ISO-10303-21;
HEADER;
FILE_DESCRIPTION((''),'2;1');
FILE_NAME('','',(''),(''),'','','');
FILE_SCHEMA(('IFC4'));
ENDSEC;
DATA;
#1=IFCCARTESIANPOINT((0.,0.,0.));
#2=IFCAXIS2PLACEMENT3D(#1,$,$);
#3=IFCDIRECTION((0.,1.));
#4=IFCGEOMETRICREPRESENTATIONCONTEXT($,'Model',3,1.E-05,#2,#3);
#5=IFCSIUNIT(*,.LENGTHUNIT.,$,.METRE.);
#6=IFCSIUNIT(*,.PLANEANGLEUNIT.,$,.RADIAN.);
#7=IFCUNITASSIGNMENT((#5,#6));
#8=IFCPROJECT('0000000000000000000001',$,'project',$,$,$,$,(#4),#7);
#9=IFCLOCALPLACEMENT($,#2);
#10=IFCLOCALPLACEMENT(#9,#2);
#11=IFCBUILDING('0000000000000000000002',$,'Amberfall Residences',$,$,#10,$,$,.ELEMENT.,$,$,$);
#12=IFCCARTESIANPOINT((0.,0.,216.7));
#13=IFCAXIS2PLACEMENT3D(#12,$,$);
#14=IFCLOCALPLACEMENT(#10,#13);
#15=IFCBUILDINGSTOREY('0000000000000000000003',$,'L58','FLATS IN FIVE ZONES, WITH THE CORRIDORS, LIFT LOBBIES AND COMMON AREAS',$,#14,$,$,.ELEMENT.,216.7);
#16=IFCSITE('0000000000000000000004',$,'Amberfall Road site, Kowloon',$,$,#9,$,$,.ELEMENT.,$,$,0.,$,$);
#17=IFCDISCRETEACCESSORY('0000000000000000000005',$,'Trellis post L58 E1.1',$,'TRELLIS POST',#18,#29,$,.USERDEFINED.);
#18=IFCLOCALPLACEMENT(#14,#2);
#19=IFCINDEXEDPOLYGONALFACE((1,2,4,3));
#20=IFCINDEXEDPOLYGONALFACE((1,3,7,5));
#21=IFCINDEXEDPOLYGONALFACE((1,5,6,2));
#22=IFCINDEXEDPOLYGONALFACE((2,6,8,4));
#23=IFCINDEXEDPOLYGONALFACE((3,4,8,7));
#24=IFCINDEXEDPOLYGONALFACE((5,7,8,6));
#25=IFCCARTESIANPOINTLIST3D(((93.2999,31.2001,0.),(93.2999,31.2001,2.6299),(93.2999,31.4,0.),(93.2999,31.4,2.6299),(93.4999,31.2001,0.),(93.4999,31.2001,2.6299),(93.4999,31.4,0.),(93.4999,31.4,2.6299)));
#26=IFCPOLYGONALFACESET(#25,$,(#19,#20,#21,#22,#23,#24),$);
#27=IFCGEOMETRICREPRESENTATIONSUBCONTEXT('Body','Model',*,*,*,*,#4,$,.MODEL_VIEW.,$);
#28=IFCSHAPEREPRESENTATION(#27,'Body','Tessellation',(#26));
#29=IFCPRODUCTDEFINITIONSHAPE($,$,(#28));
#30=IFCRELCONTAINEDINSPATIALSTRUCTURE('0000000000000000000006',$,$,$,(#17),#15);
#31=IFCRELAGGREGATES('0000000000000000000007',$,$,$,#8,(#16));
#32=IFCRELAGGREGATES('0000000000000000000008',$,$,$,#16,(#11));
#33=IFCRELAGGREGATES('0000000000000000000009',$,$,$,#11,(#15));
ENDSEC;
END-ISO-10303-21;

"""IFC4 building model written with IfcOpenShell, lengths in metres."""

from ifc_helpers import new_model, si_unit, direction, frame, origin, origin_2d, place, context, subcontext, project, spatial, rectangle, extrude, element, save


model = new_model("IFC4")

# Units and contexts
model_context = context("Model", 3, precision=1e-05, world=origin(), true_north=direction((0.0, 1.0)))
body_context = subcontext(model_context, "Body", "Model", "MODEL_VIEW")
ifc_project = project(units=[si_unit("LENGTHUNIT", "METRE"), si_unit("PLANEANGLEUNIT", "RADIAN")], contexts=[model_context])

# Site, building, storey
site_placement = place(None, origin())
site = spatial("IfcSite", under=ifc_project, at=site_placement, Name="Amberfall Road site, Kowloon", CompositionType="ELEMENT", RefElevation=0.0)
building_placement = place(site_placement, origin())
building = spatial("IfcBuilding", under=site, at=building_placement, Name="Amberfall Residences", CompositionType="ELEMENT")
storey_placement = place(building_placement, frame((0.0, 0.0, 216.7)))
storey = spatial("IfcBuildingStorey", under=building, at=storey_placement, Name="L58", Description="FLATS IN FIVE ZONES, WITH THE CORRIDORS, LIFT LOBBIES AND COMMON AREAS", CompositionType="ELEMENT", Elevation=216.7)

# Discrete accessory
for number, where, z_axis, x_axis, name in (
    (1, (93.3999, 31.3, 0.0), (0.0, 0.0, 1.0), (1.0, 0.0, 0.0), "Trellis post L58 E1.1"),
):
    element("IfcDiscreteAccessory", number, at=place(storey_placement, frame(where, z_axis=z_axis, x_axis=x_axis)), inside=storey, Name=name, ObjectType="TRELLIS POST", PredefinedType="USERDEFINED", context=body_context, shape_type="SweptSolid", body=[
        extrude(rectangle(XDim=0.2, YDim=0.2, at=origin_2d()), origin(), (0.0, 0.0, 1.0), 2.6299),
    ])

save(model, "model.ifc")
